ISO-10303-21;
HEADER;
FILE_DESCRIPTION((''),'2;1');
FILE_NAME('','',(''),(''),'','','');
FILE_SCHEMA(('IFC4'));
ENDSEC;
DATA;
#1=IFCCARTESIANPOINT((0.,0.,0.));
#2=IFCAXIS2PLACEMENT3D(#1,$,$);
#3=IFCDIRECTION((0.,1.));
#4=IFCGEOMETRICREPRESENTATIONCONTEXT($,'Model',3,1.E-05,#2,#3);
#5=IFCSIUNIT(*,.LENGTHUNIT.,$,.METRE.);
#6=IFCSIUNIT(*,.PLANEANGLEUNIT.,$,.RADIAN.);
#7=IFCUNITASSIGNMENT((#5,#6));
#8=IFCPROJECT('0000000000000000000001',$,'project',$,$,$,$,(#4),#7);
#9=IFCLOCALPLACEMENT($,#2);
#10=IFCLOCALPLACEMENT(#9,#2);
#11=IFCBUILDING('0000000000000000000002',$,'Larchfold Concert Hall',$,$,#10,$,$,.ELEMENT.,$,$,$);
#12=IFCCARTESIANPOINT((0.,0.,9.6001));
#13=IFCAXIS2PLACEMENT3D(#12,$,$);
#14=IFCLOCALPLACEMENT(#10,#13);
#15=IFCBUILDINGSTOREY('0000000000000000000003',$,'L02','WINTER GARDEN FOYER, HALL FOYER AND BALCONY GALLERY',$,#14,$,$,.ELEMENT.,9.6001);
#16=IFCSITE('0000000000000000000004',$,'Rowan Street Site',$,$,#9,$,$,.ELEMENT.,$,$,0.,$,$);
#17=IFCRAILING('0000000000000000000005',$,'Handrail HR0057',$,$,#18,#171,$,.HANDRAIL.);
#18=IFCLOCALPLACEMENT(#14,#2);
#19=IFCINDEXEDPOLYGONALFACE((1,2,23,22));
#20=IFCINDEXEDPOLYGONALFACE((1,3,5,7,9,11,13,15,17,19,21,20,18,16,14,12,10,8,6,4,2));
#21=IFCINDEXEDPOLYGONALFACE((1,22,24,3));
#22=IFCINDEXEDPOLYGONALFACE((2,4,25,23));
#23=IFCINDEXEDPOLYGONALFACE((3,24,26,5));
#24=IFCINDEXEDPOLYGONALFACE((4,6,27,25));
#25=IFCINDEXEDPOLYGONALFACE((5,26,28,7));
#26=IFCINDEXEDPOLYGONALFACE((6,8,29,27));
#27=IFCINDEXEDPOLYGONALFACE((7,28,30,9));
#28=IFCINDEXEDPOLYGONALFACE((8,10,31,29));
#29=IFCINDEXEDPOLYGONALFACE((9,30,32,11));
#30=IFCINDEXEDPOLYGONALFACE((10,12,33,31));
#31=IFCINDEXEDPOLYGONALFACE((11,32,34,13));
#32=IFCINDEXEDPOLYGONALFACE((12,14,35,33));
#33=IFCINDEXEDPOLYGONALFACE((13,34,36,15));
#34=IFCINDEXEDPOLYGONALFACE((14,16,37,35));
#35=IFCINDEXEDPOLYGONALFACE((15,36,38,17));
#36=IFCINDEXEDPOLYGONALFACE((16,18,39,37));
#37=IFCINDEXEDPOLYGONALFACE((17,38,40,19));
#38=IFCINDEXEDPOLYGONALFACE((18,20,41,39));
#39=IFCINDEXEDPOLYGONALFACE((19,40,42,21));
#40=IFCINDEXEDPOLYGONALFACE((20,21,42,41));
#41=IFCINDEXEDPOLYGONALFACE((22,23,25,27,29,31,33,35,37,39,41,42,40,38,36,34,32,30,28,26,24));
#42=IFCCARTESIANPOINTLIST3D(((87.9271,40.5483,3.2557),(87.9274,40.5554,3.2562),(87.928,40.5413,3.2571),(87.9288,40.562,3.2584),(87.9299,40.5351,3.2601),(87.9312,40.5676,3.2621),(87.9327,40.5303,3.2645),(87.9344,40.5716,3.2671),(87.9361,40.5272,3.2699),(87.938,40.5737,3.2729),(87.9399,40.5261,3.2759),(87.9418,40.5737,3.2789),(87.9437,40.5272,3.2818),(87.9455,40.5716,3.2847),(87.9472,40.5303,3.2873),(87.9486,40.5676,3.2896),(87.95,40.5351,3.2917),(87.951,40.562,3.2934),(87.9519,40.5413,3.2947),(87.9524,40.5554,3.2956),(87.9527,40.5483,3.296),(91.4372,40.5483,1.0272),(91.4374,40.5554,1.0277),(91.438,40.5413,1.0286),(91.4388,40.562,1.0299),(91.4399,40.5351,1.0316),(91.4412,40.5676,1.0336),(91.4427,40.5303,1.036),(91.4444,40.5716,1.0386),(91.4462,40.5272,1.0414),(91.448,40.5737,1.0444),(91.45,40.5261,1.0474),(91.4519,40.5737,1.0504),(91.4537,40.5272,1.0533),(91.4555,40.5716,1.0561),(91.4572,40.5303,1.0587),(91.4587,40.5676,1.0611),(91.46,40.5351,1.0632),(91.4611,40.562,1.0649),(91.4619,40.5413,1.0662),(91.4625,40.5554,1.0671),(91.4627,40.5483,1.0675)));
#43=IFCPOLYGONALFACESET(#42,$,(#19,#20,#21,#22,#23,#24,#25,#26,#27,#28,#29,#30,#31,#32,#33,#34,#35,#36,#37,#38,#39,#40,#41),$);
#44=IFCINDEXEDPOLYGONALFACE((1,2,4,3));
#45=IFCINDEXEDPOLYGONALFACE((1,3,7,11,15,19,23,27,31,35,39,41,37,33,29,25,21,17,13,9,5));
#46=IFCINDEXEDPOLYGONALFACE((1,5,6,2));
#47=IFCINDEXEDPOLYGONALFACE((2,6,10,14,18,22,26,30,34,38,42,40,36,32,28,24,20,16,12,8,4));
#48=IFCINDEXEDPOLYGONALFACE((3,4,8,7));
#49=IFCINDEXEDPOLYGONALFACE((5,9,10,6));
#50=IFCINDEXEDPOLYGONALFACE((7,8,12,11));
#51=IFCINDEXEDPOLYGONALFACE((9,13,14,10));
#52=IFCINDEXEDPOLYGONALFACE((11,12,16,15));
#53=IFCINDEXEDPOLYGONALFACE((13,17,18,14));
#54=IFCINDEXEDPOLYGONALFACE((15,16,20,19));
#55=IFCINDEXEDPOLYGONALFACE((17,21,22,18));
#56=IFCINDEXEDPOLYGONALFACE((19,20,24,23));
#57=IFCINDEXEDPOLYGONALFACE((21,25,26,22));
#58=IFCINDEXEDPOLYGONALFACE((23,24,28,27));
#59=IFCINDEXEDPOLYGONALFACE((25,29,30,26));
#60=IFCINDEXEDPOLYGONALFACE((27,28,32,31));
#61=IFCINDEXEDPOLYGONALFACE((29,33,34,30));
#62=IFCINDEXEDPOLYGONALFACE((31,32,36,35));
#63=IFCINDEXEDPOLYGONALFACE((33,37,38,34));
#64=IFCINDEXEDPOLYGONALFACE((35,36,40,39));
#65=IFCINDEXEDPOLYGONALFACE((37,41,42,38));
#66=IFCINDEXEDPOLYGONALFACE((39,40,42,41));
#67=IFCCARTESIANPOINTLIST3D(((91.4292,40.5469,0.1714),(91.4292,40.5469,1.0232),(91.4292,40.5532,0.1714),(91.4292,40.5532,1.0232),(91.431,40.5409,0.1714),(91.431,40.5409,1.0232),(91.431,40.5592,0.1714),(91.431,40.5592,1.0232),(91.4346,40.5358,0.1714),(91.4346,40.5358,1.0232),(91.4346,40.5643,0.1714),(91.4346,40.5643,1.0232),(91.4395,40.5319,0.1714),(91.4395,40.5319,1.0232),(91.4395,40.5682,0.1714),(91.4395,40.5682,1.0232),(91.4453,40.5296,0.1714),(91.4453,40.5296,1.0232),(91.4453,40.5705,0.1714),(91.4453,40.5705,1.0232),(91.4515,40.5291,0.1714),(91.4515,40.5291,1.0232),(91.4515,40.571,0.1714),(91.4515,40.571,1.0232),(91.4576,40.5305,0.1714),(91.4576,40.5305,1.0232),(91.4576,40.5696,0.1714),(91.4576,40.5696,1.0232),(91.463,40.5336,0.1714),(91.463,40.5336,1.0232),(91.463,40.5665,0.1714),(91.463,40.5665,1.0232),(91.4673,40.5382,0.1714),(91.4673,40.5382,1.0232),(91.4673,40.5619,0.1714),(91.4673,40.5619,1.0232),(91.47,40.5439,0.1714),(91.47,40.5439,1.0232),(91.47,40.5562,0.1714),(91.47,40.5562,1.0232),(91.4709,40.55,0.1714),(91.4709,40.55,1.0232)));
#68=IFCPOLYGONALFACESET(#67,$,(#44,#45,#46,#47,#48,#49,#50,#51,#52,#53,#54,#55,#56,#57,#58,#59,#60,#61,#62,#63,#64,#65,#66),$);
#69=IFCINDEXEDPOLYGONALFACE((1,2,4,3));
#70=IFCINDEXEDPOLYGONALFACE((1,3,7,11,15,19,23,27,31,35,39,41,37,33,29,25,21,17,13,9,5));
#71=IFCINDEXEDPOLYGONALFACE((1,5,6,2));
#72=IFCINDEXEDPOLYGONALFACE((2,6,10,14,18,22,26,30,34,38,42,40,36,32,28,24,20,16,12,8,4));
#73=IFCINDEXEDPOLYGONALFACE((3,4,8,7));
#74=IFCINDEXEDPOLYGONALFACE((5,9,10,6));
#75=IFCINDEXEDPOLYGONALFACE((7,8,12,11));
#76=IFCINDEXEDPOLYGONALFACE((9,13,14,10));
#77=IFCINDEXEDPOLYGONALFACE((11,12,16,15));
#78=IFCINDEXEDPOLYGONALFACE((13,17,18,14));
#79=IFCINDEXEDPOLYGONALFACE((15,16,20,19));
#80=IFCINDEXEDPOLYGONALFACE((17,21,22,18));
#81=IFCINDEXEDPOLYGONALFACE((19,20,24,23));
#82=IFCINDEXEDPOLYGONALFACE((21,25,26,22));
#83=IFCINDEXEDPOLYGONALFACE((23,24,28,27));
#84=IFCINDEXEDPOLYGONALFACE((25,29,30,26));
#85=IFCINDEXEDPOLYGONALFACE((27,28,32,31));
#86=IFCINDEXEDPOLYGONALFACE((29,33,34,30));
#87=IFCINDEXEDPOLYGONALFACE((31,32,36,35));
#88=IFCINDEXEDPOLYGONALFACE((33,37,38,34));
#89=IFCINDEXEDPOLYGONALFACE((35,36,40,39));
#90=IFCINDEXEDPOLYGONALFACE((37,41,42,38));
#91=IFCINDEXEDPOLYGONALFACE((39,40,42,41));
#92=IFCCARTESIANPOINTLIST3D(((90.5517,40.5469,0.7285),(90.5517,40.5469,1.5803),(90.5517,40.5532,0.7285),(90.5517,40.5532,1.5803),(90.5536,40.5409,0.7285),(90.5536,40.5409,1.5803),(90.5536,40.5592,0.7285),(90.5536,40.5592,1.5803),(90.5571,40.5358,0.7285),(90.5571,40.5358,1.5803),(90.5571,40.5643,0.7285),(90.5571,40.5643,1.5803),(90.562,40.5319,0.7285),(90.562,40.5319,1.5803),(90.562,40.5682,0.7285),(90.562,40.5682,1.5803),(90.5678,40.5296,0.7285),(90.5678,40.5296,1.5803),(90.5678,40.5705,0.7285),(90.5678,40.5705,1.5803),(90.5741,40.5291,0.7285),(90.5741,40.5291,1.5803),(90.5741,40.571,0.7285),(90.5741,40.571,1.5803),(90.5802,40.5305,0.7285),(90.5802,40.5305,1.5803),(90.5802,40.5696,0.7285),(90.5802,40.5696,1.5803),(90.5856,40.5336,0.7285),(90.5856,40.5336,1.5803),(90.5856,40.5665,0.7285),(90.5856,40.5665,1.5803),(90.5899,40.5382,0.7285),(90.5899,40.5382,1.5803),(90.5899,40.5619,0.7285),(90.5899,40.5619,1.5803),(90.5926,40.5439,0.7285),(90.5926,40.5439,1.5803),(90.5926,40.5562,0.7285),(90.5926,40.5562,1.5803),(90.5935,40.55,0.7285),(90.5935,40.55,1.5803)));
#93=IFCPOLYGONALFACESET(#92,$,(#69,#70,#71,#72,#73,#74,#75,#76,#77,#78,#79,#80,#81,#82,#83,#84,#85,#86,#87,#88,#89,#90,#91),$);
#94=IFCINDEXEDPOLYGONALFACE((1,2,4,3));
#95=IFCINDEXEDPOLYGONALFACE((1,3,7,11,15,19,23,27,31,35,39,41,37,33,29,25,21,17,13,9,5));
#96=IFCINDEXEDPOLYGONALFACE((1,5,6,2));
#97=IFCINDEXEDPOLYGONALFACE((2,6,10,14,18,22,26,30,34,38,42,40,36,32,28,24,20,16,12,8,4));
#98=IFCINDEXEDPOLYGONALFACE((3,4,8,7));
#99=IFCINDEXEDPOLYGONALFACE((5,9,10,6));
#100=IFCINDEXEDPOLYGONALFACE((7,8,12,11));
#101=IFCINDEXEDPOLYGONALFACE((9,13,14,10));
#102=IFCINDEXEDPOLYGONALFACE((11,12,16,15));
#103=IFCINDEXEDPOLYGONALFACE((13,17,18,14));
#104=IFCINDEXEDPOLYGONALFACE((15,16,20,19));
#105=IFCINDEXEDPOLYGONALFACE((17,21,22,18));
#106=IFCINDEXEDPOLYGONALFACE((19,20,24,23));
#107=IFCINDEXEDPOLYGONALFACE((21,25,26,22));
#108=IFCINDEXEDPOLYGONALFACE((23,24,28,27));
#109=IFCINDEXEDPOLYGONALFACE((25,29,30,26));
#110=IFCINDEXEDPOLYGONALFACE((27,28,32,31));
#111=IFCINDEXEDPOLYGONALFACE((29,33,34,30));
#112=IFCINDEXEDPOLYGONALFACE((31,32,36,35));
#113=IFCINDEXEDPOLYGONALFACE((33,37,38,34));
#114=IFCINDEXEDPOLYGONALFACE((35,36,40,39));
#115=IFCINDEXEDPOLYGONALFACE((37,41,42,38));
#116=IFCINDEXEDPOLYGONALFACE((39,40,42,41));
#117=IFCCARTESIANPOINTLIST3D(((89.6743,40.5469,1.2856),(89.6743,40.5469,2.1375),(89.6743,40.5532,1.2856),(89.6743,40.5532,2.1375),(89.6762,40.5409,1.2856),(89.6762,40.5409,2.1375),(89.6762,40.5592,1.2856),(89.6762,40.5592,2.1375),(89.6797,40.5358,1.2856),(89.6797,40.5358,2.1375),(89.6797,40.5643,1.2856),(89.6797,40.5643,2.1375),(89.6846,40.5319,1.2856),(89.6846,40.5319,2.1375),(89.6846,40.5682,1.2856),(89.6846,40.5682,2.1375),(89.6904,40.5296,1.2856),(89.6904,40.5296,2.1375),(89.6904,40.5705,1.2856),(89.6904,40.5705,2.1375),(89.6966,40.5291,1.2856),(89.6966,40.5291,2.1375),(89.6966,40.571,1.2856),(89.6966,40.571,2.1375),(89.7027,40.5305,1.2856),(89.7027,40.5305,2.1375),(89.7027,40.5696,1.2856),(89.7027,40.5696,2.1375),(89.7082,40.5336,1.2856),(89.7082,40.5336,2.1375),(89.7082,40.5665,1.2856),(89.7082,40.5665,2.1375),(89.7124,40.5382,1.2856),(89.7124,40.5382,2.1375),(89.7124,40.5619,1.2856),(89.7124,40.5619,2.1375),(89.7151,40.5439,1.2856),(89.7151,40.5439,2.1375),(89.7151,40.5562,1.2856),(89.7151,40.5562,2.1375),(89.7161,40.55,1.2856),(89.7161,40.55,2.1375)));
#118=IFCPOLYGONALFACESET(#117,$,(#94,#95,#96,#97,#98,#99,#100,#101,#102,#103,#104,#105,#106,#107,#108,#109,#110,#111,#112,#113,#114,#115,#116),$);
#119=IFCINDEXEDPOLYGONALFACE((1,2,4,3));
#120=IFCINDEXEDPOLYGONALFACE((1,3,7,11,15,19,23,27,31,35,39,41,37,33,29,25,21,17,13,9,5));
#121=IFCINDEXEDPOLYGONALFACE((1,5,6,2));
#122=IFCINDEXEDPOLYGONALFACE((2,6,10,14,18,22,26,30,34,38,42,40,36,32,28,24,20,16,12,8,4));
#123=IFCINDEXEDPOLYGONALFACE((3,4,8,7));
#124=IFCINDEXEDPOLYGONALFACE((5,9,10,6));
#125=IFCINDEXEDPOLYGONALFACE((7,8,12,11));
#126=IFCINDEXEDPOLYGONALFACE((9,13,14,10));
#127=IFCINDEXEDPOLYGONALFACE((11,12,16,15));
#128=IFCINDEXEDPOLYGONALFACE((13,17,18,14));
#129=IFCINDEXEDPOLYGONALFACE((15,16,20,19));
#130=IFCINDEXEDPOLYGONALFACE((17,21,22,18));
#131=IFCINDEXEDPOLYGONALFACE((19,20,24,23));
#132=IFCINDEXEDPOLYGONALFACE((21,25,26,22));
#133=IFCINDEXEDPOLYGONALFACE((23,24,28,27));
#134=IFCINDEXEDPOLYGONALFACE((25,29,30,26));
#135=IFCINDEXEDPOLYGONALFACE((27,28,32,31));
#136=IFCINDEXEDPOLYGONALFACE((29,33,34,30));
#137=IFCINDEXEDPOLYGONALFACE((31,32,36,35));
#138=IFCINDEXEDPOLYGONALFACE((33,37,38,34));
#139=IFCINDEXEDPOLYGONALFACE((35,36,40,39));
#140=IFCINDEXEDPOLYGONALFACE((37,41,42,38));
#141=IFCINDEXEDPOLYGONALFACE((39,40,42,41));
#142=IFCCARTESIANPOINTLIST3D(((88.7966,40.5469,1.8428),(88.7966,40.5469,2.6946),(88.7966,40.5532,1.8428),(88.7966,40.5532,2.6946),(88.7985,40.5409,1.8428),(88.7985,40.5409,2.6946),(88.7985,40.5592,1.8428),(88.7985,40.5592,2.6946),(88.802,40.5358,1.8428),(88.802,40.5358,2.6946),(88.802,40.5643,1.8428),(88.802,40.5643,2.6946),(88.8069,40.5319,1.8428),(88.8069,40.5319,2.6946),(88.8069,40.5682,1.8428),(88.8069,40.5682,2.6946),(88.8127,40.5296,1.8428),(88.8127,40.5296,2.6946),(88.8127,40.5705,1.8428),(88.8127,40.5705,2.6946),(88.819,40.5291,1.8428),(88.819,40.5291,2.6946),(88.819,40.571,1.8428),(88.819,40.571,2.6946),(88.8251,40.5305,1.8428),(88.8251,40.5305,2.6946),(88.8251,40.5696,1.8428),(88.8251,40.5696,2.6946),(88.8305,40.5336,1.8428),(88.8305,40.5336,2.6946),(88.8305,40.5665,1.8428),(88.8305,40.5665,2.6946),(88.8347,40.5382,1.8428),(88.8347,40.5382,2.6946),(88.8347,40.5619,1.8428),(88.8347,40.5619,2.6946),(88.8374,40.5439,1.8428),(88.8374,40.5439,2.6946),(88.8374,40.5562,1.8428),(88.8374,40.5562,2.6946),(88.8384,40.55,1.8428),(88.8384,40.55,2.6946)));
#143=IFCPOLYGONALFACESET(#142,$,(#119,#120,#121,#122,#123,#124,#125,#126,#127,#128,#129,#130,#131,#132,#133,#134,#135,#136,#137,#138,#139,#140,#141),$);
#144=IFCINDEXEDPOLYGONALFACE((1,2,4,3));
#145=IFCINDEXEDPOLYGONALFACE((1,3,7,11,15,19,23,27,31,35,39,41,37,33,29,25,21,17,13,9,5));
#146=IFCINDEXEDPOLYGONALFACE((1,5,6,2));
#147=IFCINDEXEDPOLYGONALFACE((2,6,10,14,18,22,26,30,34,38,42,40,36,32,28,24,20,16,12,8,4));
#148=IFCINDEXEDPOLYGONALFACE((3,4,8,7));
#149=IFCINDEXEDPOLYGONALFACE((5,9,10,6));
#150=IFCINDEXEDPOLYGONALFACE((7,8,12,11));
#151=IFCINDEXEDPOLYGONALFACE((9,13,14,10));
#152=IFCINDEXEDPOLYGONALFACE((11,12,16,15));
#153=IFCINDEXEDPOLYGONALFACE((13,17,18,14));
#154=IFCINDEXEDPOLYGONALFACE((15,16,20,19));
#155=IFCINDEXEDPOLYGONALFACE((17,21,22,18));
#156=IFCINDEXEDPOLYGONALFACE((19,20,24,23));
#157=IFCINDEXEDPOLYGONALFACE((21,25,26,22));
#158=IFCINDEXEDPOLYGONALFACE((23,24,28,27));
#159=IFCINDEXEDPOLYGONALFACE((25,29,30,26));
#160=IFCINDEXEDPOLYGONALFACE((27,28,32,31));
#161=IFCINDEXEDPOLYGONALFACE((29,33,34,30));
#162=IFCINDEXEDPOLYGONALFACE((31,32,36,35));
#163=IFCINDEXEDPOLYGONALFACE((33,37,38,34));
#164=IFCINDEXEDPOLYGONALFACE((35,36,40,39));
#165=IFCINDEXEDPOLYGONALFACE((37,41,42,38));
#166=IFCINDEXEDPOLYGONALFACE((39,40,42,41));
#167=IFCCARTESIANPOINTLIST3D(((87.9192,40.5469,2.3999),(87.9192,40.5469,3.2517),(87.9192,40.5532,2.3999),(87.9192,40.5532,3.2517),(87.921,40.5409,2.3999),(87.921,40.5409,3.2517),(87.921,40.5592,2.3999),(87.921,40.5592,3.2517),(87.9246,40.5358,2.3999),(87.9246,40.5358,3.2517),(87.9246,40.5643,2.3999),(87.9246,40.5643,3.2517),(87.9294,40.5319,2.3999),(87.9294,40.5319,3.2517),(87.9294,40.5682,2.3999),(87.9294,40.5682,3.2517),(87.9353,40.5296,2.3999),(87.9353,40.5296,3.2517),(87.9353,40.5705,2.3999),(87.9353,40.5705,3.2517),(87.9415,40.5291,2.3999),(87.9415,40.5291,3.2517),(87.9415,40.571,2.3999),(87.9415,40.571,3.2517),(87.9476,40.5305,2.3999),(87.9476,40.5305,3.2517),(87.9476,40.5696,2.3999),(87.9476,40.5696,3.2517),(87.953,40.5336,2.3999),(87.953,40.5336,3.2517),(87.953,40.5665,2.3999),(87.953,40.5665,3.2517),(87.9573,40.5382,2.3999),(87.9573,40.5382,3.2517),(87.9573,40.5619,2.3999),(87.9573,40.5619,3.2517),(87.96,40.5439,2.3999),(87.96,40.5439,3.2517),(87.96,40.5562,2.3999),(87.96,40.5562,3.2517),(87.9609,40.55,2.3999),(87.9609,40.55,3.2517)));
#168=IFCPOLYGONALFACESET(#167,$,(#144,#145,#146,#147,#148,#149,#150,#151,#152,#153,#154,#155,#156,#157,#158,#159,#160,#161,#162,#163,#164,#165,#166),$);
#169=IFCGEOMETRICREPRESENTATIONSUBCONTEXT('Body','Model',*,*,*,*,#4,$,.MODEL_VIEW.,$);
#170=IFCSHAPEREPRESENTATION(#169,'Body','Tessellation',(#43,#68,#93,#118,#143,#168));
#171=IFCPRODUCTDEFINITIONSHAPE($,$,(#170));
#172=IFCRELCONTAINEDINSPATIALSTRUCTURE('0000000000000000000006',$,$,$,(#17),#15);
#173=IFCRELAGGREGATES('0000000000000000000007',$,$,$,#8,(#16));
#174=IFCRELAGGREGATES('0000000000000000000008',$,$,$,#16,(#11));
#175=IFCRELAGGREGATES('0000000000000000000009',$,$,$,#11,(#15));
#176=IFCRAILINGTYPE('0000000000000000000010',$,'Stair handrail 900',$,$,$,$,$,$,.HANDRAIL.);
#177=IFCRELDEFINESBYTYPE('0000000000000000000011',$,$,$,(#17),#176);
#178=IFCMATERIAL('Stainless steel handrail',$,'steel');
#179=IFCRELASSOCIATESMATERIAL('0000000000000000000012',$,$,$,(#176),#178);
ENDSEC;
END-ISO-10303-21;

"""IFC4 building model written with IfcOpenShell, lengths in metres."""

from ifc_helpers import new_model, si_unit, direction, frame, origin, origin_2d, place, context, subcontext, project, spatial, circle, extrude, material, type_object, element, save


model = new_model("IFC4")

# Units and contexts
model_context = context("Model", 3, precision=1e-05, world=origin(), true_north=direction((0.0, 1.0)))
body_context = subcontext(model_context, "Body", "Model", "MODEL_VIEW")
ifc_project = project(units=[si_unit("LENGTHUNIT", "METRE"), si_unit("PLANEANGLEUNIT", "RADIAN")], contexts=[model_context])

# Site, building, storey
site_placement = place(None, origin())
site = spatial("IfcSite", under=ifc_project, at=site_placement, Name="Rowan Street Site", CompositionType="ELEMENT", RefElevation=0.0)
building_placement = place(site_placement, origin())
building = spatial("IfcBuilding", under=site, at=building_placement, Name="Larchfold Concert Hall", CompositionType="ELEMENT")
storey_placement = place(building_placement, frame((0.0, 0.0, 9.6001)))
storey = spatial("IfcBuildingStorey", under=building, at=storey_placement, Name="L02", Description="WINTER GARDEN FOYER, HALL FOYER AND BALCONY GALLERY", CompositionType="ELEMENT", Elevation=9.6001)

# Railing
ifc_material_1 = material(Name="Stainless steel handrail", Category="steel")
railing_type_1 = type_object("IfcRailingType", Name="Stair handrail 900", PredefinedType="HANDRAIL", material=ifc_material_1)
railing_1_placement = place(storey_placement, frame((91.45, 40.55, 0.1714)))
element("IfcRailing", 1, at=railing_1_placement, inside=storey, type_object=railing_type_1, Name="Handrail HR0057", PredefinedType="HANDRAIL", context=body_context, shape_type="SweptSolid", body=[
    extrude(circle(Radius=0.0239, at=origin_2d()), frame((0.0, 0.0, 0.876), z_axis=(-0.84422, 0.0, 0.535998), x_axis=(0.0, -1.0, 0.0)), (0.0, 0.0, 1.0), 4.1577),
    extrude(circle(Radius=0.021, at=origin_2d()), origin(), (0.0, 0.0, 1.0), 0.8518),
    extrude(circle(Radius=0.021, at=origin_2d()), frame((-0.8774, 0.0, 0.5571)), (0.0, 0.0, 1.0), 0.8518),
    extrude(circle(Radius=0.021, at=origin_2d()), frame((-1.7549, 0.0, 1.1143)), (0.0, 0.0, 1.0), 0.8518),
    extrude(circle(Radius=0.021, at=origin_2d()), frame((-2.6326, 0.0, 1.6714)), (0.0, 0.0, 1.0), 0.8518),
    extrude(circle(Radius=0.021, at=origin_2d()), frame((-3.51, 0.0, 2.2285)), (0.0, 0.0, 1.0), 0.8518),
])

save(model, "model.ifc")
